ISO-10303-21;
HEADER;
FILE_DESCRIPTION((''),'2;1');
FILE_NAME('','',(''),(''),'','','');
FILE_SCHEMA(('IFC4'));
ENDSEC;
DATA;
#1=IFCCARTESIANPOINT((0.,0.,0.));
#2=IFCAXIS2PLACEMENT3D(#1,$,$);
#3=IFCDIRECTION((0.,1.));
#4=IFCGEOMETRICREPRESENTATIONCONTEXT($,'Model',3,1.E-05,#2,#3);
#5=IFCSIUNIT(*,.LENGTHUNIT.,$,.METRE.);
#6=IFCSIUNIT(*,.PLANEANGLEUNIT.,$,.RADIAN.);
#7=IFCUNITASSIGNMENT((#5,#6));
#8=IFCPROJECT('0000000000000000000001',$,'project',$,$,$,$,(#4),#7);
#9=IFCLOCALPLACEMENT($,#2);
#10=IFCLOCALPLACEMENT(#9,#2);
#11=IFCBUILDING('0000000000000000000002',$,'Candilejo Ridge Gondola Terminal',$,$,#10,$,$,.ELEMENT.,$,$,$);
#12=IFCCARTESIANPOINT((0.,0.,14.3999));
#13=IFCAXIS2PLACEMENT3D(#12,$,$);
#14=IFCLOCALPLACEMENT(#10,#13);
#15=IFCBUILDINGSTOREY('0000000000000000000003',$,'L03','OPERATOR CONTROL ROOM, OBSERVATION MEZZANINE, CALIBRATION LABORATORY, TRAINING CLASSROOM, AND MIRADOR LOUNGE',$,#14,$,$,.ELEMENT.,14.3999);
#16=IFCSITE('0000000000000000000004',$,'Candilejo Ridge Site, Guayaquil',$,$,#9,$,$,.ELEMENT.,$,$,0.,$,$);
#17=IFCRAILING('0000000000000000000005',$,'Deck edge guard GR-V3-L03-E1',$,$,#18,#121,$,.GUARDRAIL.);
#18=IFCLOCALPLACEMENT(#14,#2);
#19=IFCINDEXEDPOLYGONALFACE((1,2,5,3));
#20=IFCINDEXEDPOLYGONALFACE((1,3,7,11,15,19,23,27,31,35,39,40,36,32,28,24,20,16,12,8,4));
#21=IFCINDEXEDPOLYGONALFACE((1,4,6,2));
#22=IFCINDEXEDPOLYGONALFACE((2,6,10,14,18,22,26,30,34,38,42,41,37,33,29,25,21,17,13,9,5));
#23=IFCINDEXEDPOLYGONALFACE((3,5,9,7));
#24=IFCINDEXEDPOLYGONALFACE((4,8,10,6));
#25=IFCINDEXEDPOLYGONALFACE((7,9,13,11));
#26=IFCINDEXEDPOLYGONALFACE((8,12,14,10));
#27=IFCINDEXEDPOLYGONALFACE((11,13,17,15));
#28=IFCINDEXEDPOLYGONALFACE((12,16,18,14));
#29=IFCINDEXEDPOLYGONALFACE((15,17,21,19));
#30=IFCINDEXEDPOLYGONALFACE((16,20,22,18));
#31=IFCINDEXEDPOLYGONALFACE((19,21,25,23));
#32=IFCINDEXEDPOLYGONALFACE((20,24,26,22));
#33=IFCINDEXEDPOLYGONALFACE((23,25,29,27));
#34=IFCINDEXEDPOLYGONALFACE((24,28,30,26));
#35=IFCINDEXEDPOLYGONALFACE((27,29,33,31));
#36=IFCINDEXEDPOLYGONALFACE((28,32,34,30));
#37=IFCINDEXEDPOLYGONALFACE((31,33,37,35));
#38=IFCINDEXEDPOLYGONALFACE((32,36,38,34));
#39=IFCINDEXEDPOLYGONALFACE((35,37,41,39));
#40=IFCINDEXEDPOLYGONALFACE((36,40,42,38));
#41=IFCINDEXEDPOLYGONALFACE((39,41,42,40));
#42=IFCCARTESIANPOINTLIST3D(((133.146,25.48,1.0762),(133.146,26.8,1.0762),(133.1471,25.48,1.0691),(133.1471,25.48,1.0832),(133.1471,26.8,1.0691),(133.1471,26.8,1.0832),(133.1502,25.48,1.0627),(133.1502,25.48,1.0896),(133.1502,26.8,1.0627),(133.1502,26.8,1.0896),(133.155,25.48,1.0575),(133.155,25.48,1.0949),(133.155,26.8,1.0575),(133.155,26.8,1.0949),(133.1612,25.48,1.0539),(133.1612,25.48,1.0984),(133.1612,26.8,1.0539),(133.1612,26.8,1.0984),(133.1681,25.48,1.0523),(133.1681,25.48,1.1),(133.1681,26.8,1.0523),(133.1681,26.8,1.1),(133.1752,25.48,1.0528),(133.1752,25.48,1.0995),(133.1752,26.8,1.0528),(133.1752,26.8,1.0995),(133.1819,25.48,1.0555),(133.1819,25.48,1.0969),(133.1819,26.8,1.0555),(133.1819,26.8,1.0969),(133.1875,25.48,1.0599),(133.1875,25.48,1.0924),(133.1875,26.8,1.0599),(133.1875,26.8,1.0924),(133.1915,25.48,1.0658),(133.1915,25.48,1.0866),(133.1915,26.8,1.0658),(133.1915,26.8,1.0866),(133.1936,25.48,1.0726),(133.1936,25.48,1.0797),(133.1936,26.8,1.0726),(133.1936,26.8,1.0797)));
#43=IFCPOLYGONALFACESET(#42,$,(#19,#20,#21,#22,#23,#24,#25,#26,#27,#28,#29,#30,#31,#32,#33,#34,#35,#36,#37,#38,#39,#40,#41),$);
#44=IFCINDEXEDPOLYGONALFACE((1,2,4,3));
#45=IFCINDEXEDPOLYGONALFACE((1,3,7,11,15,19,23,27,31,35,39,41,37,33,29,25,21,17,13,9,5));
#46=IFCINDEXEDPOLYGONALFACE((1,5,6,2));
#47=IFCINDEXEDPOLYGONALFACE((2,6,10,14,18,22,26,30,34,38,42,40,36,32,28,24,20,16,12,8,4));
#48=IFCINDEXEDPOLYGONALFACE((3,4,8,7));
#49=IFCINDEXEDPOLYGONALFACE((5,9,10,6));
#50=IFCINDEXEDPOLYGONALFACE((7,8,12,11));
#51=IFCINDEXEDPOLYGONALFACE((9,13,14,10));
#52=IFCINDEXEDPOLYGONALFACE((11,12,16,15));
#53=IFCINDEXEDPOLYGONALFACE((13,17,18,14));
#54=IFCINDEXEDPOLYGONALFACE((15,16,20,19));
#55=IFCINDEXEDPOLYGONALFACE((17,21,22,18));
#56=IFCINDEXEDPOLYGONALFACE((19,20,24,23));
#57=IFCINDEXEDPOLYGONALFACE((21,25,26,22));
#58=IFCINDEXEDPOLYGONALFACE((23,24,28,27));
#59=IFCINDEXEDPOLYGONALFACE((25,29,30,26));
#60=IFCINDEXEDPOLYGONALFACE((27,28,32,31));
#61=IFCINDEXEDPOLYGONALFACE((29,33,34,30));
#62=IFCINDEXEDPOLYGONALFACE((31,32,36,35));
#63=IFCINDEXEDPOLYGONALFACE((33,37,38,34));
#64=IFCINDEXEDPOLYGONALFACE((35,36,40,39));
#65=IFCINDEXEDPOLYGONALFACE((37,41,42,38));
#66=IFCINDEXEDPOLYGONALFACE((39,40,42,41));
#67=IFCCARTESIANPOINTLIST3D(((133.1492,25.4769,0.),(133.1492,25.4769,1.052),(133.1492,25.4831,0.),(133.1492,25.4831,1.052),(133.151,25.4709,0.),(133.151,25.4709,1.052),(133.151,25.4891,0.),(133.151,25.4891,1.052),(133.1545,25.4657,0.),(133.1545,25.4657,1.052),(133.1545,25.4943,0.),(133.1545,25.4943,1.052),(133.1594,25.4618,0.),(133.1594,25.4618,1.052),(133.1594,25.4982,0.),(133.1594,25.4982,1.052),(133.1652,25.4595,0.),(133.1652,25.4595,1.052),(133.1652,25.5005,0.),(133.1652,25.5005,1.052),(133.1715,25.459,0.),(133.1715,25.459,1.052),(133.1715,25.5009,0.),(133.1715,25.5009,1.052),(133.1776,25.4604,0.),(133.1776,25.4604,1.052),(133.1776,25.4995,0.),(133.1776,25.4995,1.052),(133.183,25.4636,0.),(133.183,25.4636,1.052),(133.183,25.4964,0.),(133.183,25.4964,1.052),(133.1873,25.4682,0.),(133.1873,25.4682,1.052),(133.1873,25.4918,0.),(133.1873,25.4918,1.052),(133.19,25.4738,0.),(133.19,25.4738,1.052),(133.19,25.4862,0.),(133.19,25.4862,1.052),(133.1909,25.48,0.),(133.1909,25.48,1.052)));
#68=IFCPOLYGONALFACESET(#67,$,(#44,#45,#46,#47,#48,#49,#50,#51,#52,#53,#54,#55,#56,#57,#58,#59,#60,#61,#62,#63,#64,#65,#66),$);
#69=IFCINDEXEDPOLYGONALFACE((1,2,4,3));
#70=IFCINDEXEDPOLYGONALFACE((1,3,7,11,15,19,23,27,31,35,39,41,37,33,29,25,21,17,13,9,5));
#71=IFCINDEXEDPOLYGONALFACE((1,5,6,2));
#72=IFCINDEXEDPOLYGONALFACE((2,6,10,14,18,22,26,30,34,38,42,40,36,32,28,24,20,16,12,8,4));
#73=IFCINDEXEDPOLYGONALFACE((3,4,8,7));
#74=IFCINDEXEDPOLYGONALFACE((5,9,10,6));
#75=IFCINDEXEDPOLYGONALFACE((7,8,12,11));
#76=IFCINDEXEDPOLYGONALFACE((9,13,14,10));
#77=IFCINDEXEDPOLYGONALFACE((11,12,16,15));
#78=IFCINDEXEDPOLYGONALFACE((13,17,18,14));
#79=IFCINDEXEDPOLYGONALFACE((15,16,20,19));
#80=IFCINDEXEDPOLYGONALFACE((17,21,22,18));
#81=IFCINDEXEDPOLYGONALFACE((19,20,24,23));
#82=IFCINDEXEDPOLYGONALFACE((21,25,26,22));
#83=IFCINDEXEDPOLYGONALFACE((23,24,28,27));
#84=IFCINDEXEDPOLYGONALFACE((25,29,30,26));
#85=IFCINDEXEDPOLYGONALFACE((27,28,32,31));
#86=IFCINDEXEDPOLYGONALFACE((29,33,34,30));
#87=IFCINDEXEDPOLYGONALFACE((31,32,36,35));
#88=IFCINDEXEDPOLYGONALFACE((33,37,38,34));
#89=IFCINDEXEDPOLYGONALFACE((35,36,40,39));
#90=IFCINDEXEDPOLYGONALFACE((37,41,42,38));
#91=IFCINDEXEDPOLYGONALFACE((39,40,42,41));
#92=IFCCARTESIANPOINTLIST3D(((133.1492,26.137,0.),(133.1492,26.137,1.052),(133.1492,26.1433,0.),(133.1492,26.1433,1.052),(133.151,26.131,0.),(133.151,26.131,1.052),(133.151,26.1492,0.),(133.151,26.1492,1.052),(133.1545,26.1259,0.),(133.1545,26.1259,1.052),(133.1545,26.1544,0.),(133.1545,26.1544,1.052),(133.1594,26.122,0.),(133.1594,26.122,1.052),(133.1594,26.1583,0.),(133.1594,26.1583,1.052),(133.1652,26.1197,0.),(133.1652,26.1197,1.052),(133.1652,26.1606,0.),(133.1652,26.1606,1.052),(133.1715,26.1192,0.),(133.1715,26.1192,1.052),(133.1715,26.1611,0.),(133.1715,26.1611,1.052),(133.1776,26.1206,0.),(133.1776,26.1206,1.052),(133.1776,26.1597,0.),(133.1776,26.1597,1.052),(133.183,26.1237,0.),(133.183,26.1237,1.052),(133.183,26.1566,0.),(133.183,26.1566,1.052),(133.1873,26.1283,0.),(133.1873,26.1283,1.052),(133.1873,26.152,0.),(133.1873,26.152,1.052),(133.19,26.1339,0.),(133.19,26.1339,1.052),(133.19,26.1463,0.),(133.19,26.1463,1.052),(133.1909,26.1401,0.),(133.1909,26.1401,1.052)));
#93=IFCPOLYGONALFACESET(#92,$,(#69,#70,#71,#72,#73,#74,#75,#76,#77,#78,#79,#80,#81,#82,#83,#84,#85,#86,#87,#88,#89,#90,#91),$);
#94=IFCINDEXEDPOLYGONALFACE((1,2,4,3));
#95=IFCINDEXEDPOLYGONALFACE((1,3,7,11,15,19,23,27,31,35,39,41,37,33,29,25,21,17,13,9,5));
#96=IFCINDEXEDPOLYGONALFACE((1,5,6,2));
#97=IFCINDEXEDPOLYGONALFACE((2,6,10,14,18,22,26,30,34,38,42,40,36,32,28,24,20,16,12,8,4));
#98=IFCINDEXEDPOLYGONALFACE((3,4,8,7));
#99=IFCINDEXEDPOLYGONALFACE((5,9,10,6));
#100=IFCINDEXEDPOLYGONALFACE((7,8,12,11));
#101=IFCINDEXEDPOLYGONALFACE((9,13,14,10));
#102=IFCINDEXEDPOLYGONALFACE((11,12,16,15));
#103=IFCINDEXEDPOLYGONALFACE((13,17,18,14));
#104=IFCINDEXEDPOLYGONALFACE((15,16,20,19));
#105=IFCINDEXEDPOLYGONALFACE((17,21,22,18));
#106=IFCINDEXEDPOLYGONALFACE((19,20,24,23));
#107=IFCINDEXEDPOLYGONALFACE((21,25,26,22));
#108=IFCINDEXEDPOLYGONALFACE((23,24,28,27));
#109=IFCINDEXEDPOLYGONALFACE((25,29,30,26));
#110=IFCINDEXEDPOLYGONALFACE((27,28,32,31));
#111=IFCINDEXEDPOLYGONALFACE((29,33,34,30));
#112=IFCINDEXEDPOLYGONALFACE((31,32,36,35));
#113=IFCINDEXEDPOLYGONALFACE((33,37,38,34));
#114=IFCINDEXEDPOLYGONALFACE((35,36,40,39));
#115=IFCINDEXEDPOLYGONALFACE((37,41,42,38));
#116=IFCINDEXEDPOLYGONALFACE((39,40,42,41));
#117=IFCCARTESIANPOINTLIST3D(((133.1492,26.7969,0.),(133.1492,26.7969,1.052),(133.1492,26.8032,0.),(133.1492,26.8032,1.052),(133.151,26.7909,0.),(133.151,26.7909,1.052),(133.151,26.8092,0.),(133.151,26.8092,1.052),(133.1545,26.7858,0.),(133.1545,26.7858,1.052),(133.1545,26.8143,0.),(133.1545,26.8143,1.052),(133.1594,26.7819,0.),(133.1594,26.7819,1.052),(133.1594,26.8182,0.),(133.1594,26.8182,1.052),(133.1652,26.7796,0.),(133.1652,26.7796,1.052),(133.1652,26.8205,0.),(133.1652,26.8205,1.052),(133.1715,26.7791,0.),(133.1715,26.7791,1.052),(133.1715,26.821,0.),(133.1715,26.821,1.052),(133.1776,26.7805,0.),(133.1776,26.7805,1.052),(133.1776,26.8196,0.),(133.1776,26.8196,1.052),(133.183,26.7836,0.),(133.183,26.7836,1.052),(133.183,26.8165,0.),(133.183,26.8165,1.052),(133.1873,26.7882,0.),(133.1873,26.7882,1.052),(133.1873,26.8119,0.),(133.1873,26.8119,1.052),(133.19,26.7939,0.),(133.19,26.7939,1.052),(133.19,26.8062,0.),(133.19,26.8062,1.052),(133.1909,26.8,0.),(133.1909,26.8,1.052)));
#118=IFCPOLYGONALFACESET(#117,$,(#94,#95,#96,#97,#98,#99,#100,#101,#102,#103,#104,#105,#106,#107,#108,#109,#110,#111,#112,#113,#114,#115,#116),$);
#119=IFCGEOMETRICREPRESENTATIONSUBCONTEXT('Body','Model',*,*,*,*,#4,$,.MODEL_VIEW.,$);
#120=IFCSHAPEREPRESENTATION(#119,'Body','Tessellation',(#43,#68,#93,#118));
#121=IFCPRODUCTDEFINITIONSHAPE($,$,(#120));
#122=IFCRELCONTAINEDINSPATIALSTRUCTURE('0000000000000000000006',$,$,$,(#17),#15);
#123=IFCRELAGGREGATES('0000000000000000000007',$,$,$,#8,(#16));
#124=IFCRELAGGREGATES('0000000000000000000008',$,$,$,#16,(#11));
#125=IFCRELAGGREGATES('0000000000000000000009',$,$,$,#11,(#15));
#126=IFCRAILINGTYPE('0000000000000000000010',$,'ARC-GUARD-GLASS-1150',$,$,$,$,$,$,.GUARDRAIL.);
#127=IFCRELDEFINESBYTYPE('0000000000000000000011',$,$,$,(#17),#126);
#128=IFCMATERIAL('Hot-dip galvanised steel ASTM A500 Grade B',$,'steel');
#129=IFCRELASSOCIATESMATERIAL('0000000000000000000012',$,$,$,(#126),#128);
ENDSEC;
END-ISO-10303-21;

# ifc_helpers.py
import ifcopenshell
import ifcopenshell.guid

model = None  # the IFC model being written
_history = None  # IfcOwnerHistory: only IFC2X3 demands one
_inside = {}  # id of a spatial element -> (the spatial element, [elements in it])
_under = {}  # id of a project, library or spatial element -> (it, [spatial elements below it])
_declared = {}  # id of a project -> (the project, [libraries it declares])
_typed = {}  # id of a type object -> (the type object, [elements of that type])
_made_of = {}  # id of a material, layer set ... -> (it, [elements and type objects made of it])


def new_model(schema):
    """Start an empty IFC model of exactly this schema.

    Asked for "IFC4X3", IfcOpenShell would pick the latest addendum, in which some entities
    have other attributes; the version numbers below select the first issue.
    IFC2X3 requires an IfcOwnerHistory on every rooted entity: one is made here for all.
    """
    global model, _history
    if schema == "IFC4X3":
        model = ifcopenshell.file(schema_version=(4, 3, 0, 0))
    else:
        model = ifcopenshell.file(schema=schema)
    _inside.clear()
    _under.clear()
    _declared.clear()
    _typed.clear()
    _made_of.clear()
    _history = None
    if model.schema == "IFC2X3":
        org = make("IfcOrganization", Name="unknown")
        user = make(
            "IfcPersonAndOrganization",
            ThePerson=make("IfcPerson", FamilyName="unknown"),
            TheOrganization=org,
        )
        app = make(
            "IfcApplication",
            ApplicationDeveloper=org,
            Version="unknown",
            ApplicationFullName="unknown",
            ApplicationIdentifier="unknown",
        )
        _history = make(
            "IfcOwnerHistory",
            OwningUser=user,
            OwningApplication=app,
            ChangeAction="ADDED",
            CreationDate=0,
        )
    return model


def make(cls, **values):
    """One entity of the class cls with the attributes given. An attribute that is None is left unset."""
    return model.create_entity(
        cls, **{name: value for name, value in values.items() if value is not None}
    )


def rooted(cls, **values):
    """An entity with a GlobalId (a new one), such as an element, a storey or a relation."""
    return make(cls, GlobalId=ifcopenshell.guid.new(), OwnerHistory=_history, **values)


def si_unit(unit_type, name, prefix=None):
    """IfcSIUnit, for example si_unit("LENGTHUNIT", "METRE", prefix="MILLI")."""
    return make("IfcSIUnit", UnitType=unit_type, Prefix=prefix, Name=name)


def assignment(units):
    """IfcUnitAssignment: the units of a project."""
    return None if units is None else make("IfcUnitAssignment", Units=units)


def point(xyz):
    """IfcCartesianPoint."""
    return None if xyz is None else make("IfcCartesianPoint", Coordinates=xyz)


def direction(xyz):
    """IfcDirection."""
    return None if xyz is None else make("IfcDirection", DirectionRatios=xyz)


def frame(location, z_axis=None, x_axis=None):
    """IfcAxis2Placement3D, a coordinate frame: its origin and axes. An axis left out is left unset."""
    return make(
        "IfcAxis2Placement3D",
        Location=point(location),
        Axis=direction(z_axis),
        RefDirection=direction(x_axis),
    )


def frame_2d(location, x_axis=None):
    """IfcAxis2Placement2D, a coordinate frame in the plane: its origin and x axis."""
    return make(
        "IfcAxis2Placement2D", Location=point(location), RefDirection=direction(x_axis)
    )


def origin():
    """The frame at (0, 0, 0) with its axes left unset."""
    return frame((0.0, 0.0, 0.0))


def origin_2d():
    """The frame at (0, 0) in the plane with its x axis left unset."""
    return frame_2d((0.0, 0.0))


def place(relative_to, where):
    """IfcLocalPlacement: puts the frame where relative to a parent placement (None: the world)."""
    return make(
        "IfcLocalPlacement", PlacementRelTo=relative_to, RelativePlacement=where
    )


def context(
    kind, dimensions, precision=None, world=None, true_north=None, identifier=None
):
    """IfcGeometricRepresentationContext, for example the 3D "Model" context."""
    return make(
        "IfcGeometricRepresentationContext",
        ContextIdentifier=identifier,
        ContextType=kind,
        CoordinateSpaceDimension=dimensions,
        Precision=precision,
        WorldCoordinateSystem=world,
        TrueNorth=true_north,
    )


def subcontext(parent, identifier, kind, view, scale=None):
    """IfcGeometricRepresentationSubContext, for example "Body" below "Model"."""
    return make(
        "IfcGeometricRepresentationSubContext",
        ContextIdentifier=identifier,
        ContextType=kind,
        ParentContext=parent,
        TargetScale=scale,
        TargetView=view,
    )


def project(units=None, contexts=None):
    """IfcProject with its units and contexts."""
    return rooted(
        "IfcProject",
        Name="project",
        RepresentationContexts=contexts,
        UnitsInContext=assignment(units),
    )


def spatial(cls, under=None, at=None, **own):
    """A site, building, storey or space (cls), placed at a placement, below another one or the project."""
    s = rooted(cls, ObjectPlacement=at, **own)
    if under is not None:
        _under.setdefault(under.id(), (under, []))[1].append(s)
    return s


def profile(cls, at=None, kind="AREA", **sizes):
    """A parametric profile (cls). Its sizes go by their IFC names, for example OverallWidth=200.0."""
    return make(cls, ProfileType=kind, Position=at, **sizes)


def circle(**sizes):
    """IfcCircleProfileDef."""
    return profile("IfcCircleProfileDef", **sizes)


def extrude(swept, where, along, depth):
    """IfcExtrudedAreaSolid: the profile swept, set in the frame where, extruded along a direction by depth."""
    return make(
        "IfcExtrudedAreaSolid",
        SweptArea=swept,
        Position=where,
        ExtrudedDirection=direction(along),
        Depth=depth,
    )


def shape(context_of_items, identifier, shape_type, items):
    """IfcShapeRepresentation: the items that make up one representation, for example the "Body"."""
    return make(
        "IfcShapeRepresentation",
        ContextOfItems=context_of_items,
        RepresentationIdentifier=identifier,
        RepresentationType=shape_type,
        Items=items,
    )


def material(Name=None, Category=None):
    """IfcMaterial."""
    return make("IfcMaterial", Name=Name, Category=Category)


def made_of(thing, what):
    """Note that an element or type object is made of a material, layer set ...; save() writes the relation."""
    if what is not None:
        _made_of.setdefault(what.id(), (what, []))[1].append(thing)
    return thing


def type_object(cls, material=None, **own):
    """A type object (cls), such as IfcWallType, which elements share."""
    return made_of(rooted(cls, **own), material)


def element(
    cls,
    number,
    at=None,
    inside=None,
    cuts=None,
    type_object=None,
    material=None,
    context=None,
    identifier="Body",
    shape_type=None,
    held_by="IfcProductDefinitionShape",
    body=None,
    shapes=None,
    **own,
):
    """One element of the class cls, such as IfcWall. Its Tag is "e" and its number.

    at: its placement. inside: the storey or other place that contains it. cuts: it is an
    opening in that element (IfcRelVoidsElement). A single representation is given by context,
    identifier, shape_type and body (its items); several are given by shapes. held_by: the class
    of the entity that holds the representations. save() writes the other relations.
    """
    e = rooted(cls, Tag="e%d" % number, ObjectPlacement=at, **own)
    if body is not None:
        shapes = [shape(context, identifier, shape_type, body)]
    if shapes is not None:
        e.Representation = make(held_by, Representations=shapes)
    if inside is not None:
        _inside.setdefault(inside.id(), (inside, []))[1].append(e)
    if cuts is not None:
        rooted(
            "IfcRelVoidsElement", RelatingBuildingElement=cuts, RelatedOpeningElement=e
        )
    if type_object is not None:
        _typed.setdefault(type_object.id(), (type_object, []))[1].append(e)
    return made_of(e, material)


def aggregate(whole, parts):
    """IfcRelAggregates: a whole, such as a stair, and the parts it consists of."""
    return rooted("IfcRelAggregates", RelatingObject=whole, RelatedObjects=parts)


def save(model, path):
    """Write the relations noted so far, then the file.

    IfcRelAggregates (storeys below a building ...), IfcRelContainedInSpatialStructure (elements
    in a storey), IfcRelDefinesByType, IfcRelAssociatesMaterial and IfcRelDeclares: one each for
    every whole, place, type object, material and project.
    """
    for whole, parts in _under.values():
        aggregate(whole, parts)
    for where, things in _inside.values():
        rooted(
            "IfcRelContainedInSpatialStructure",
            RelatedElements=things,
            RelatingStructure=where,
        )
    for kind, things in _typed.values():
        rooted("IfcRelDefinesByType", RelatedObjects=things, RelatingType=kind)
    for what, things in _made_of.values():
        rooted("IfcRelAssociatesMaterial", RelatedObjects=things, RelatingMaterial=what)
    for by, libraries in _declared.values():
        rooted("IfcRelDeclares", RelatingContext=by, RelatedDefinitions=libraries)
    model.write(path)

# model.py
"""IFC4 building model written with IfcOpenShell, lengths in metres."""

from ifc_helpers import new_model, si_unit, direction, frame, origin, origin_2d, place, context, subcontext, project, spatial, circle, extrude, material, type_object, element, save


model = new_model("IFC4")

# Units and contexts
model_context = context("Model", 3, precision=1e-05, world=origin(), true_north=direction((0.0, 1.0)))
body_context = subcontext(model_context, "Body", "Model", "MODEL_VIEW")
ifc_project = project(units=[si_unit("LENGTHUNIT", "METRE"), si_unit("PLANEANGLEUNIT", "RADIAN")], contexts=[model_context])

# Site, building, storey
site_placement = place(None, origin())
site = spatial("IfcSite", under=ifc_project, at=site_placement, Name="Candilejo Ridge Site, Guayaquil", CompositionType="ELEMENT", RefElevation=0.0)
building_placement = place(site_placement, origin())
building = spatial("IfcBuilding", under=site, at=building_placement, Name="Candilejo Ridge Gondola Terminal", CompositionType="ELEMENT")
storey_placement = place(building_placement, frame((0.0, 0.0, 14.3999)))
storey = spatial("IfcBuildingStorey", under=building, at=storey_placement, Name="L03", Description="OPERATOR CONTROL ROOM, OBSERVATION MEZZANINE, CALIBRATION LABORATORY, TRAINING CLASSROOM, AND MIRADOR LOUNGE", CompositionType="ELEMENT", Elevation=14.3999)

# Railing
ifc_material_1 = material(Name="Hot-dip galvanised steel ASTM A500 Grade B", Category="steel")
railing_type = type_object("IfcRailingType", Name="ARC-GUARD-GLASS-1150", PredefinedType="GUARDRAIL", material=ifc_material_1)
railing_placement = place(storey_placement, frame((133.1699, 25.48, 0.0)))
element("IfcRailing", 1, at=railing_placement, inside=storey, type_object=railing_type, Name="Deck edge guard GR-V3-L03-E1", PredefinedType="GUARDRAIL", context=body_context, shape_type="SweptSolid", body=[
    extrude(circle(Radius=0.0239, at=origin_2d()), frame((0.0, 0.0, 1.0762), z_axis=(0.0, 1.0, 0.0), x_axis=(-1.0, 0.0, 0.0)), (0.0, 0.0, 1.0), 1.3201),
    extrude(circle(Radius=0.021, at=origin_2d()), origin(), (0.0, 0.0, 1.0), 1.052),
    extrude(circle(Radius=0.021, at=origin_2d()), frame((0.0, 0.6602, 0.0)), (0.0, 0.0, 1.0), 1.052),
    extrude(circle(Radius=0.021, at=origin_2d()), frame((0.0, 1.3201, 0.0)), (0.0, 0.0, 1.0), 1.052),
])

save(model, "model.ifc")
